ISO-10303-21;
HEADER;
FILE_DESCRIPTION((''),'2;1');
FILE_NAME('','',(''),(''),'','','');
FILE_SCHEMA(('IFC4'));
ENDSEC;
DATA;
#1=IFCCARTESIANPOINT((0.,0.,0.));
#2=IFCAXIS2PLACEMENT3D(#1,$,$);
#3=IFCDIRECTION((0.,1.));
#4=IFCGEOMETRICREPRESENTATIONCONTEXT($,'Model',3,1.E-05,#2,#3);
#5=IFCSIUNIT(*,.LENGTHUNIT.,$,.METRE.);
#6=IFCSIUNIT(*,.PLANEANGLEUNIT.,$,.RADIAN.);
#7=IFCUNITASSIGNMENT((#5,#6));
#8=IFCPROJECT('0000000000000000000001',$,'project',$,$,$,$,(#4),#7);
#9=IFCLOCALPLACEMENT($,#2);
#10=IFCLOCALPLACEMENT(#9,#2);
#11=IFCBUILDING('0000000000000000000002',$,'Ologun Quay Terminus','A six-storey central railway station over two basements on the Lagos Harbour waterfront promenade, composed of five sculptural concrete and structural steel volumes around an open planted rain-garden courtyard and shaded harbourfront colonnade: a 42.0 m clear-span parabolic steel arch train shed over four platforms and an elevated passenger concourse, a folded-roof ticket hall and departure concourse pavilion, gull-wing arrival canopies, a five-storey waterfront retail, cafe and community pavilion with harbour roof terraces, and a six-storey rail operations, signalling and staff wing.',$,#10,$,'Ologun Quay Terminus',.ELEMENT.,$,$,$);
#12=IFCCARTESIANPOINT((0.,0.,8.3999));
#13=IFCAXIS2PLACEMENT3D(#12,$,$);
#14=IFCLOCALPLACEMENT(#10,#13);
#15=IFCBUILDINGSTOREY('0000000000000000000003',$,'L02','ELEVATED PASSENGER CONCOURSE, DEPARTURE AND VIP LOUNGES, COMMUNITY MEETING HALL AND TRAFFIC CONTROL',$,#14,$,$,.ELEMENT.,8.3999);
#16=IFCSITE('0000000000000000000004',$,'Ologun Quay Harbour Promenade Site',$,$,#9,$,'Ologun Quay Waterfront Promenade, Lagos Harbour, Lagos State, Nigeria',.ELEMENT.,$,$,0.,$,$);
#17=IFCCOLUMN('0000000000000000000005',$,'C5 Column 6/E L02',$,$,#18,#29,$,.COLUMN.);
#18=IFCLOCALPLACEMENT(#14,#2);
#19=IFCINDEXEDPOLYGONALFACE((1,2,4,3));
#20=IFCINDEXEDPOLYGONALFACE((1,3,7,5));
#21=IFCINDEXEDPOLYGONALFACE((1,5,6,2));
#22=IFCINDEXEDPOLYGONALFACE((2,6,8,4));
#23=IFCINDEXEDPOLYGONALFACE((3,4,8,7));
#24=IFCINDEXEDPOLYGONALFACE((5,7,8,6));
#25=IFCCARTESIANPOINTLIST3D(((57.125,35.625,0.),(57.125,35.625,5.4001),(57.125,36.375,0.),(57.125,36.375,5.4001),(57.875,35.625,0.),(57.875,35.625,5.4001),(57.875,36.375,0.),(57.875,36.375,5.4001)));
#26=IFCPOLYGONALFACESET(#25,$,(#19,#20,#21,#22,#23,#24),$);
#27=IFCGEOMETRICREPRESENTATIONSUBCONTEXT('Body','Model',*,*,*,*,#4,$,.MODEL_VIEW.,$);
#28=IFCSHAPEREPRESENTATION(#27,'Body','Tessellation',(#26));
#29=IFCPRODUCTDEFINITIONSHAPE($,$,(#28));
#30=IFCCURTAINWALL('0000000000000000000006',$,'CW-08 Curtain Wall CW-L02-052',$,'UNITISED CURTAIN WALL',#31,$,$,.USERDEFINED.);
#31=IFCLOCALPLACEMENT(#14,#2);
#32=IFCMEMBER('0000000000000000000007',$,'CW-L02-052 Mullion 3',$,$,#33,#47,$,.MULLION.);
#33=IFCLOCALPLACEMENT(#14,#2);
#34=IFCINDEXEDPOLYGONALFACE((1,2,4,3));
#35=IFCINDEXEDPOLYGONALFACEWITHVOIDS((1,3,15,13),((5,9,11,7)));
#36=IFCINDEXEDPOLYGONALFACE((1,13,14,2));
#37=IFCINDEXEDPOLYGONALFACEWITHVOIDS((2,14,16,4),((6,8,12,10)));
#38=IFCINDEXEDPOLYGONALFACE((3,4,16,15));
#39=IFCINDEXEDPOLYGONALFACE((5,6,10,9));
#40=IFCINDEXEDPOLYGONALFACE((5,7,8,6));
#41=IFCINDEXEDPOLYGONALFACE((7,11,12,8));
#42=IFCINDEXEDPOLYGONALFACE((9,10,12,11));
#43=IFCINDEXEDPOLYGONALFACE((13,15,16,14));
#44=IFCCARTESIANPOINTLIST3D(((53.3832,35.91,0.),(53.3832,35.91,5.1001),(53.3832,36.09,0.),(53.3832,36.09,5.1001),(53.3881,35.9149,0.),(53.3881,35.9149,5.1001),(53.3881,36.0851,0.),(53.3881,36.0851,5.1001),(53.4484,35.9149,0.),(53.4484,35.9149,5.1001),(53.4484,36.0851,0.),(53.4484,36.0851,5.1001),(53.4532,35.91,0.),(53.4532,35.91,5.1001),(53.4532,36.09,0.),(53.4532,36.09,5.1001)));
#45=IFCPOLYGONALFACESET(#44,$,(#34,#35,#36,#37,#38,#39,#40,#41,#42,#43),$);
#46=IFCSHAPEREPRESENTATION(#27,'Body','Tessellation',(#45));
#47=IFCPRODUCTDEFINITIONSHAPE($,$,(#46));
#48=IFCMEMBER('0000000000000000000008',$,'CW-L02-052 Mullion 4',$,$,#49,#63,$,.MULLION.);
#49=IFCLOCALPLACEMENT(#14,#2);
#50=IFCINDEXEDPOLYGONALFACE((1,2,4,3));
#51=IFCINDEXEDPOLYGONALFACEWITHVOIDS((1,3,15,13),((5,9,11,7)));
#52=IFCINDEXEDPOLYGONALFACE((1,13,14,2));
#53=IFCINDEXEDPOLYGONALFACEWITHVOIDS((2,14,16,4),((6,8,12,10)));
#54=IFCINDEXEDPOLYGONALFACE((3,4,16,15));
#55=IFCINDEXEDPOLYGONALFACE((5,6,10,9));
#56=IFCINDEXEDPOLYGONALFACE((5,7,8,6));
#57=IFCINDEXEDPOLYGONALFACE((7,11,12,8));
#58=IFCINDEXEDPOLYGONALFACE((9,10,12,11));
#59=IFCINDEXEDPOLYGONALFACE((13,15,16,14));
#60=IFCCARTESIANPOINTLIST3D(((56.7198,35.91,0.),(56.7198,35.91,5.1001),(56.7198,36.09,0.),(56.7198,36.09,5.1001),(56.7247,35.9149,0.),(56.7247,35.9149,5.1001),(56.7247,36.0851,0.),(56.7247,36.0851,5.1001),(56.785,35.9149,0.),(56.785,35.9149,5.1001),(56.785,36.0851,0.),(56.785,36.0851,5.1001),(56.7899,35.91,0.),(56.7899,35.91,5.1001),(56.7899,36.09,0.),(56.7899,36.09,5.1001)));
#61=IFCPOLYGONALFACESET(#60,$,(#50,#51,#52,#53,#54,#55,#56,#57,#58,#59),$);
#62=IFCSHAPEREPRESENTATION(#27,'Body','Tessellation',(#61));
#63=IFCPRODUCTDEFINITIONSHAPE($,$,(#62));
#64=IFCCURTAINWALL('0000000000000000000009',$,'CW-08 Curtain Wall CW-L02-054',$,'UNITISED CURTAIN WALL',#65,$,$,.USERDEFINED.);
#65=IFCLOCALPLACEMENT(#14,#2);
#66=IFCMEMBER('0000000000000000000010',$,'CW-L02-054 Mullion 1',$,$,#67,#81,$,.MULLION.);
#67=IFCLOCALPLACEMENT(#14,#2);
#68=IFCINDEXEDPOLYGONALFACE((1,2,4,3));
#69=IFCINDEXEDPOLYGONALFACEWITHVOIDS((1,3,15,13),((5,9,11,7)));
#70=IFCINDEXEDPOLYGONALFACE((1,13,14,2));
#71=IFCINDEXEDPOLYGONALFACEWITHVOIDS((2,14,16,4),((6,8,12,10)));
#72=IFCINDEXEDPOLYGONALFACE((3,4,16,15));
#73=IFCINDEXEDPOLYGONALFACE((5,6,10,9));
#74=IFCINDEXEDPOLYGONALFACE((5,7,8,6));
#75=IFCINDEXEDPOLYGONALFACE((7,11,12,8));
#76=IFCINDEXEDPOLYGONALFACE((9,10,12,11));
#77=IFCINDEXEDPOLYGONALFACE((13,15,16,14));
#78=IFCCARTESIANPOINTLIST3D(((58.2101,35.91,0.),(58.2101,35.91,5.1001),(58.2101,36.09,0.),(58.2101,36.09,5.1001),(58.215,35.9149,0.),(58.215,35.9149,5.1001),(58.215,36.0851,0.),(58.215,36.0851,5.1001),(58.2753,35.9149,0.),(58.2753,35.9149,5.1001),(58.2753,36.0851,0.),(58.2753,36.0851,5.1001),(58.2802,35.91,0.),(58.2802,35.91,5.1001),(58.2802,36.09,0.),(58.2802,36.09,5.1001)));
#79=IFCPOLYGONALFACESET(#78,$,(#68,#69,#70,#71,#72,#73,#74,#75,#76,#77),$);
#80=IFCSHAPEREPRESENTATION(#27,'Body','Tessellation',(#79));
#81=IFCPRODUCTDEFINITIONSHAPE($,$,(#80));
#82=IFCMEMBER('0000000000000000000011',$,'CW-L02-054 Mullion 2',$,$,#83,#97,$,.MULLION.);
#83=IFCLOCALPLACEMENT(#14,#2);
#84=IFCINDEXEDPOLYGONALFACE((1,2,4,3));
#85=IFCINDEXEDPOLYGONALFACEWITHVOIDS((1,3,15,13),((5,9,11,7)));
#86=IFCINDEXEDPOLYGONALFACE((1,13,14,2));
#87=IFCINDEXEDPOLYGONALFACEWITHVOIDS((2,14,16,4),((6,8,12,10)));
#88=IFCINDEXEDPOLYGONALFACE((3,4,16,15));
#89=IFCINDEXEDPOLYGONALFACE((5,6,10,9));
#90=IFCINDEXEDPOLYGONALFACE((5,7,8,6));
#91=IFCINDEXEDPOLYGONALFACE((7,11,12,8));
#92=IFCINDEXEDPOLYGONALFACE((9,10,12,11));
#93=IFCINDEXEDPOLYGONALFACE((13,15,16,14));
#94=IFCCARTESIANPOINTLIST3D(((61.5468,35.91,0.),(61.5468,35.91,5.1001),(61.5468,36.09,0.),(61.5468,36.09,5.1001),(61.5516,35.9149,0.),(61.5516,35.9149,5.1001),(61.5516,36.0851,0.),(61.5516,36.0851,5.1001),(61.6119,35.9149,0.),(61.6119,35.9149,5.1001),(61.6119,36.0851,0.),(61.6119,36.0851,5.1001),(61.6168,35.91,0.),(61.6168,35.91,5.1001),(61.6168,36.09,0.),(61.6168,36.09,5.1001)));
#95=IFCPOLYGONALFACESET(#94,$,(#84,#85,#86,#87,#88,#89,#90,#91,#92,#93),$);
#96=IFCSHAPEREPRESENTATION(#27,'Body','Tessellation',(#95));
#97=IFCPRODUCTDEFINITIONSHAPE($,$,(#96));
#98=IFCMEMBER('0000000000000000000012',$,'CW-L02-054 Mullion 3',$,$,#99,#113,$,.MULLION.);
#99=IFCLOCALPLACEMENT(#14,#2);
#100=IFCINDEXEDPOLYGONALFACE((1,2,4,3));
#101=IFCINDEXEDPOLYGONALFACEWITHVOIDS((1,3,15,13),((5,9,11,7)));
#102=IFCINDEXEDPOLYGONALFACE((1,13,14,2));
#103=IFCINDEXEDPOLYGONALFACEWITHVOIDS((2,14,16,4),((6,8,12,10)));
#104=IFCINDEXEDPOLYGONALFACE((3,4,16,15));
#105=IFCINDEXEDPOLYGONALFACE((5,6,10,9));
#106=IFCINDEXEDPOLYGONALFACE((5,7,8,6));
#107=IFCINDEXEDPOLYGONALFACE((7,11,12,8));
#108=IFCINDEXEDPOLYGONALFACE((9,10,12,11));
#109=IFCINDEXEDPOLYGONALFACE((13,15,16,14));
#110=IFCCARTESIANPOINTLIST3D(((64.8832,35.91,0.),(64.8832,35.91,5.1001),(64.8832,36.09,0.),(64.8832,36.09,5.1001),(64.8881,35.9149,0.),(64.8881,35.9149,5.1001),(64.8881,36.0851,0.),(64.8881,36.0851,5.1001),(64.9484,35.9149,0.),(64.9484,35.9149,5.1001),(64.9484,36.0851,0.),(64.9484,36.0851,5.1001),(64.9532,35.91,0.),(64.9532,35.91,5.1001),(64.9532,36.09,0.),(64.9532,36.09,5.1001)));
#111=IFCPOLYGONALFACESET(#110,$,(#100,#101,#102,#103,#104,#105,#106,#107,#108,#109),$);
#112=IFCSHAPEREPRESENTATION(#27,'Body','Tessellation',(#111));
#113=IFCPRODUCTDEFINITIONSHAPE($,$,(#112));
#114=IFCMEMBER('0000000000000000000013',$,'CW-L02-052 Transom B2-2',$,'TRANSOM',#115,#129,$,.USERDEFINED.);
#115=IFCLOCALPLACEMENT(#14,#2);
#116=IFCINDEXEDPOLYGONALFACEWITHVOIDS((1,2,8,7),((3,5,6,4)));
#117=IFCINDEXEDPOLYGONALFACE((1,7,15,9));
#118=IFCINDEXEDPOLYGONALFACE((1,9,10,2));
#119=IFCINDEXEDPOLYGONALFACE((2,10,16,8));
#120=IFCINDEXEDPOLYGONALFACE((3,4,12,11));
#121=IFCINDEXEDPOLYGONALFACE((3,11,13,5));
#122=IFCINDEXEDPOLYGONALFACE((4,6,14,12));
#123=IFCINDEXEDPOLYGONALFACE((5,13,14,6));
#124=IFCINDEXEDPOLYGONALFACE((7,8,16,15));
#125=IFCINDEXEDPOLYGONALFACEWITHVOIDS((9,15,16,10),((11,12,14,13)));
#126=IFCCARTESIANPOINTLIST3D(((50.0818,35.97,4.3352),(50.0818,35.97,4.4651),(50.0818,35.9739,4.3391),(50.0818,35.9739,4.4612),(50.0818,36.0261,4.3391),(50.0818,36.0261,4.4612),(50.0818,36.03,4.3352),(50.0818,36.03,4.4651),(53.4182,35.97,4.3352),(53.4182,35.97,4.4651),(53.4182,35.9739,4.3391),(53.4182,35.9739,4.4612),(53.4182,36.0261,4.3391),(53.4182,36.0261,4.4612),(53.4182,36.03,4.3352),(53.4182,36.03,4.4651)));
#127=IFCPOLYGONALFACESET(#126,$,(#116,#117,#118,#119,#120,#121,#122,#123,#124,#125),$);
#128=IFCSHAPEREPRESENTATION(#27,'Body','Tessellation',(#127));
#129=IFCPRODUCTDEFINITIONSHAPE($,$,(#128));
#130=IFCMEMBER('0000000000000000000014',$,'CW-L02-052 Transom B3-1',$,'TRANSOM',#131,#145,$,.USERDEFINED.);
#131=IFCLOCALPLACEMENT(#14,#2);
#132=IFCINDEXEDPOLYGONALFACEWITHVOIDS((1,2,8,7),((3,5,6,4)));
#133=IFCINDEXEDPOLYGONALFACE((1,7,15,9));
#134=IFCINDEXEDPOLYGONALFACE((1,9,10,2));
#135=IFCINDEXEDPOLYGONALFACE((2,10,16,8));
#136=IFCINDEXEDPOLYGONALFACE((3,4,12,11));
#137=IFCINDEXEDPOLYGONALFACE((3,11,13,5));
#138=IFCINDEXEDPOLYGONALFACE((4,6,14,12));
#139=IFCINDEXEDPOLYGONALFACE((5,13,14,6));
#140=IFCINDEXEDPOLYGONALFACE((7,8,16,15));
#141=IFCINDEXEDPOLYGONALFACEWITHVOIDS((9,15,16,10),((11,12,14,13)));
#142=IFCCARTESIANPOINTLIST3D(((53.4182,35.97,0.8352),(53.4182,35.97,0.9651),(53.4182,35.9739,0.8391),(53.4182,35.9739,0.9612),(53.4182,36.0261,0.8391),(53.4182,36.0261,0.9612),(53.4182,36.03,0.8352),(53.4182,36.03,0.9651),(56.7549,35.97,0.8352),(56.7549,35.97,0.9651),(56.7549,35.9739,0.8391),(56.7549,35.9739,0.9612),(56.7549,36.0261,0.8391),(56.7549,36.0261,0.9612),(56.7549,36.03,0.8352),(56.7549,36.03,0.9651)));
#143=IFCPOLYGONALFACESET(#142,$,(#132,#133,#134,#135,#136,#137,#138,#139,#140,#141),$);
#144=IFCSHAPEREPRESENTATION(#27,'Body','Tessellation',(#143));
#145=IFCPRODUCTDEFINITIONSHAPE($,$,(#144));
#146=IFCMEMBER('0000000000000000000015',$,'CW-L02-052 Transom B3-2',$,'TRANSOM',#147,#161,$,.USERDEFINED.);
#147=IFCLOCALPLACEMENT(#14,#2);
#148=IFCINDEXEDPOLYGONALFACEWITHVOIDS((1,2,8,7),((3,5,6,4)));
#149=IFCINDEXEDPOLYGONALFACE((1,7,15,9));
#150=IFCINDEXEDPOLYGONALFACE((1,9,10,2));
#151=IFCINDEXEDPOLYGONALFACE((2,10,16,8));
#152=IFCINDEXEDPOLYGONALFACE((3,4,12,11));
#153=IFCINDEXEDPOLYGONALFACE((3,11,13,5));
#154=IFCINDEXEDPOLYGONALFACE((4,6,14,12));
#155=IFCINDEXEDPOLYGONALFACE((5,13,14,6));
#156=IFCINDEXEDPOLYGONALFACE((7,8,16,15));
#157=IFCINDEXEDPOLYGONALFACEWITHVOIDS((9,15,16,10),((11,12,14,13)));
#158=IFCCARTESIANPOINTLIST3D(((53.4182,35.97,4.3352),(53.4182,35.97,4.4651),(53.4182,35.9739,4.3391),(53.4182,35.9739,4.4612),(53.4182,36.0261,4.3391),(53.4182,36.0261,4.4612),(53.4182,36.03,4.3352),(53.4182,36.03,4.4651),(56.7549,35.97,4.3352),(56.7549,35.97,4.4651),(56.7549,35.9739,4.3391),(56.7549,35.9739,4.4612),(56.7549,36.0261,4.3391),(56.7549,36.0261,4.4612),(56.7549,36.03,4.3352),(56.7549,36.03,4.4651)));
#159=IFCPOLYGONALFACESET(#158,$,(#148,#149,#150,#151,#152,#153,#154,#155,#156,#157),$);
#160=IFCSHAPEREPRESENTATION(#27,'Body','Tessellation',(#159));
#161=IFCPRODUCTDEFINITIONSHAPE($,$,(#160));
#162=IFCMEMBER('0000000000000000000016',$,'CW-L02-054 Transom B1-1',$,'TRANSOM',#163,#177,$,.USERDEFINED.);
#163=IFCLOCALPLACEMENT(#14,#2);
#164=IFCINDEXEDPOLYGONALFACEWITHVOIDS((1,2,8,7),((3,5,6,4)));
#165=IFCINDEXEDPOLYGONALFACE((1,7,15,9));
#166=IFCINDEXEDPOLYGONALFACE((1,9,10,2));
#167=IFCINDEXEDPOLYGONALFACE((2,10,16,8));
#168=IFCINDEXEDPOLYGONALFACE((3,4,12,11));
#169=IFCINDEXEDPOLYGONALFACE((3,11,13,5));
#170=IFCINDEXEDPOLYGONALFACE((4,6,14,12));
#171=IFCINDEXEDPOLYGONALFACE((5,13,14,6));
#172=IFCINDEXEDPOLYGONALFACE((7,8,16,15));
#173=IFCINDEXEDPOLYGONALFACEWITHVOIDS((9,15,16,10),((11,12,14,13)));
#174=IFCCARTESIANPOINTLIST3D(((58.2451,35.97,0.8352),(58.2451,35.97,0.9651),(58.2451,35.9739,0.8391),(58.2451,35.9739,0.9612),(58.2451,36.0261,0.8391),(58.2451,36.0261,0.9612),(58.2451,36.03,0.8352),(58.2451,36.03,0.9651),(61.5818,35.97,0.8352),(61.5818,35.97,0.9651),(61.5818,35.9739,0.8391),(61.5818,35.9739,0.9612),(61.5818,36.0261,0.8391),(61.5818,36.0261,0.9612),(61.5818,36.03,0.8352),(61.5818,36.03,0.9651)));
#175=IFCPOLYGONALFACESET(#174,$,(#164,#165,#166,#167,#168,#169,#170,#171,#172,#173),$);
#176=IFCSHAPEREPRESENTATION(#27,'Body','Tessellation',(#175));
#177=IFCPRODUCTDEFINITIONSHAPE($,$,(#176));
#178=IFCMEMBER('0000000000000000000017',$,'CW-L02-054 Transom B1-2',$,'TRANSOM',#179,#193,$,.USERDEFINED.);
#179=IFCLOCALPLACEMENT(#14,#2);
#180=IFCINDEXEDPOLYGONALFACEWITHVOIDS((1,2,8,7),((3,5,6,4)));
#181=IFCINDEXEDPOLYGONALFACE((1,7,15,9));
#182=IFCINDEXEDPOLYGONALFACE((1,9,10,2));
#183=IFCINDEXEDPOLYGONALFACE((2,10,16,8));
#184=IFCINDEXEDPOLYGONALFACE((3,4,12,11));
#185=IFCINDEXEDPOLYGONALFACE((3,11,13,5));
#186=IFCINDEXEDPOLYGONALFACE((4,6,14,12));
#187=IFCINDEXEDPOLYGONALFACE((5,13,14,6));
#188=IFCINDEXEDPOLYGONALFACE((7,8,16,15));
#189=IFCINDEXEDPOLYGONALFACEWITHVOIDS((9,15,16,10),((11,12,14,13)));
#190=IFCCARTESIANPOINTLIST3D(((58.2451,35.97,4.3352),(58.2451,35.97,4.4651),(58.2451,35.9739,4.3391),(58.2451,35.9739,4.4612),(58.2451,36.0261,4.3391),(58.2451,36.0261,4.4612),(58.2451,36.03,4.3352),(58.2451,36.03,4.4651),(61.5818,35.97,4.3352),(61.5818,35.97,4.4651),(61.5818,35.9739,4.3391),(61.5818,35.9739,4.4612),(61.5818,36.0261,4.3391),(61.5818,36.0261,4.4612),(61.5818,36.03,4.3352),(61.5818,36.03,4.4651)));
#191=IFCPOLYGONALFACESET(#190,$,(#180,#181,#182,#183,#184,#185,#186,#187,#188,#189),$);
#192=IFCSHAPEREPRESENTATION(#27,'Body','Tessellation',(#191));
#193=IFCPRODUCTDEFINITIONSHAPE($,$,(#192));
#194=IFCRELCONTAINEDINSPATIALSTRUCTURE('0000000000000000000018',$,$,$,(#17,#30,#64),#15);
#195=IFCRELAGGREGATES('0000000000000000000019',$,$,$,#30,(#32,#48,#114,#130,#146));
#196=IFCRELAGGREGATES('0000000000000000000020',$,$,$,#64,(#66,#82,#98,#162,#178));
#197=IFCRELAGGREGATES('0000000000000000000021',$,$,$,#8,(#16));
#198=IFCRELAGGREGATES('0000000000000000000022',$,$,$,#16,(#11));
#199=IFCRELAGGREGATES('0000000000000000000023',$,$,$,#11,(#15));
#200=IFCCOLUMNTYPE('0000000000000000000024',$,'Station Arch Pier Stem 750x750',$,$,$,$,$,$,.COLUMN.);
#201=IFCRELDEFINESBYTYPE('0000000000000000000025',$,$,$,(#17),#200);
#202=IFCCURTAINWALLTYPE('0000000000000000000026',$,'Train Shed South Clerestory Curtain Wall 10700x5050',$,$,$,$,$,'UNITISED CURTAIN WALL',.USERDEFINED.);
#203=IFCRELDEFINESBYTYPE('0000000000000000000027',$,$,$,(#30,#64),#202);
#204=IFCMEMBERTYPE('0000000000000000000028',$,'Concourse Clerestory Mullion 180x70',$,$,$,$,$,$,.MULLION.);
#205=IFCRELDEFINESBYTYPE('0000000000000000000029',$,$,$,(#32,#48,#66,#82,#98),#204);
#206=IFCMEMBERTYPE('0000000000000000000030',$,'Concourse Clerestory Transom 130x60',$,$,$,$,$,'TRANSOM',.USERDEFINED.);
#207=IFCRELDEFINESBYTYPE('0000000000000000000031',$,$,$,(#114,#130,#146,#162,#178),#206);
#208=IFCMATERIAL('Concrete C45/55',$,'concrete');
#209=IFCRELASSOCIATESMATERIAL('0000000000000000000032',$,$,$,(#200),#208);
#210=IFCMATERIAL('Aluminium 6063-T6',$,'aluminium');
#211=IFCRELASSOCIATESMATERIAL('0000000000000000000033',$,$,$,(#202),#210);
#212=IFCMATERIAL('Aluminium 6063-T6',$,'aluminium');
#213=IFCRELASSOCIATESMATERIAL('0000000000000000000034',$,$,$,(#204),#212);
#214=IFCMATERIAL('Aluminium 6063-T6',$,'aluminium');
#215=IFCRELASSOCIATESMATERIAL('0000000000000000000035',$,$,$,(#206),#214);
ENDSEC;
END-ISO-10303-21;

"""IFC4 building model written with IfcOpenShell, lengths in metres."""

from ifc_helpers import new_model, si_unit, direction, frame, origin, origin_2d, place, context, subcontext, project, spatial, rectangle, hollow_rectangle, extrude, material, material_profile, profile_set, type_object, element, aggregate, save


model = new_model("IFC4")

# Units and contexts
model_context = context("Model", 3, precision=1e-05, world=origin(), true_north=direction((0.0, 1.0)))
body_context = subcontext(model_context, "Body", "Model", "MODEL_VIEW")
ifc_project = project(units=[si_unit("LENGTHUNIT", "METRE"), si_unit("PLANEANGLEUNIT", "RADIAN")], contexts=[model_context])

# Site, building, storey
site_placement = place(None, origin())
site = spatial("IfcSite", under=ifc_project, at=site_placement, Name="Ologun Quay Harbour Promenade Site", LongName="Ologun Quay Waterfront Promenade, Lagos Harbour, Lagos State, Nigeria", CompositionType="ELEMENT", RefElevation=0.0)
building_placement = place(site_placement, origin())
building = spatial("IfcBuilding", under=site, at=building_placement, Name="Ologun Quay Terminus", Description="A six-storey central railway station over two basements on the Lagos Harbour waterfront promenade, composed of five sculptural concrete and structural steel volumes around an open planted rain-garden courtyard and shaded harbourfront colonnade: a 42.0 m clear-span parabolic steel arch train shed over four platforms and an elevated passenger concourse, a folded-roof ticket hall and departure concourse pavilion, gull-wing arrival canopies, a five-storey waterfront retail, cafe and community pavilion with harbour roof terraces, and a six-storey rail operations, signalling and staff wing.", LongName="Ologun Quay Terminus", CompositionType="ELEMENT")
storey_placement = place(building_placement, frame((0.0, 0.0, 8.3999)))
storey = spatial("IfcBuildingStorey", under=building, at=storey_placement, Name="L02", Description="ELEVATED PASSENGER CONCOURSE, DEPARTURE AND VIP LOUNGES, COMMUNITY MEETING HALL AND TRAFFIC CONTROL", CompositionType="ELEMENT", Elevation=8.3999)

# Column
ifc_material_1 = material(Name="Concrete C45/55", Category="concrete")
ifc_material_profile_1 = material_profile(ifc_material_1, rectangle(XDim=0.75, YDim=0.75, at=origin_2d()), Name="RC 750x750")
ifc_profile_set_1 = profile_set([ifc_material_profile_1], Name="Concrete C45/55")
column_type = type_object("IfcColumnType", Name="Station Arch Pier Stem 750x750", PredefinedType="COLUMN", material=ifc_profile_set_1)
column_placement = place(storey_placement, frame((57.5, 36.0, 0.0), z_axis=(0.0, 0.0, 1.0), x_axis=(1.0, 0.0, 0.0)))
element("IfcColumn", 1, at=column_placement, inside=storey, type_object=column_type, Name="C5 Column 6/E L02", PredefinedType="COLUMN", context=body_context, shape_type="SweptSolid", body=[
    extrude(rectangle(XDim=0.75, YDim=0.75, at=origin_2d()), origin(), (0.0, 0.0, 1.0), 5.4001),
])

# Curtain walls, members
ifc_material_2 = material(Name="Aluminium 6063-T6", Category="aluminium")
curtain_wall_type = type_object("IfcCurtainWallType", Name="Train Shed South Clerestory Curtain Wall 10700x5050", ElementType="UNITISED CURTAIN WALL", PredefinedType="USERDEFINED", material=ifc_material_2)
curtain_wall_1_placement = place(storey_placement, origin())
curtain_wall_1 = element("IfcCurtainWall", 2, at=curtain_wall_1_placement, inside=storey, type_object=curtain_wall_type, Name="CW-08 Curtain Wall CW-L02-052", ObjectType="UNITISED CURTAIN WALL", PredefinedType="USERDEFINED")
ifc_material_3 = material(Name="Aluminium 6063-T6", Category="aluminium")
ifc_material_profile_2 = material_profile(ifc_material_3, hollow_rectangle(XDim=0.0701, YDim=0.1799, WallThickness=0.0049, at=origin_2d()), Name="ALU 180x70x5")
ifc_profile_set_2 = profile_set([ifc_material_profile_2], Name="Aluminium 6063-T6")
member_type_1 = type_object("IfcMemberType", Name="Concourse Clerestory Mullion 180x70", PredefinedType="MULLION", material=ifc_profile_set_2)
member_1_placement = place(storey_placement, frame((53.4182, 36.0, 0.0), z_axis=(0.0, 0.0, 1.0), x_axis=(1.0, 0.0, 0.0)))
member_1 = element("IfcMember", 3, at=member_1_placement, type_object=member_type_1, Name="CW-L02-052 Mullion 3", PredefinedType="MULLION", context=body_context, shape_type="SweptSolid", body=[
    extrude(hollow_rectangle(XDim=0.0701, YDim=0.1799, WallThickness=0.0049, at=origin_2d()), origin(), (0.0, 0.0, 1.0), 5.1001),
])
member_2_placement = place(storey_placement, frame((56.7549, 36.0, 0.0), z_axis=(0.0, 0.0, 1.0), x_axis=(1.0, 0.0, 0.0)))
member_2 = element("IfcMember", 4, at=member_2_placement, type_object=member_type_1, Name="CW-L02-052 Mullion 4", PredefinedType="MULLION", context=body_context, shape_type="SweptSolid", body=[
    extrude(hollow_rectangle(XDim=0.0701, YDim=0.1799, WallThickness=0.0049, at=origin_2d()), origin(), (0.0, 0.0, 1.0), 5.1001),
])
curtain_wall_2_placement = place(storey_placement, origin())
curtain_wall_2 = element("IfcCurtainWall", 5, at=curtain_wall_2_placement, inside=storey, type_object=curtain_wall_type, Name="CW-08 Curtain Wall CW-L02-054", ObjectType="UNITISED CURTAIN WALL", PredefinedType="USERDEFINED")
member_3_placement = place(storey_placement, frame((58.2451, 36.0, 0.0), z_axis=(0.0, 0.0, 1.0), x_axis=(1.0, 0.0, 0.0)))
member_3 = element("IfcMember", 6, at=member_3_placement, type_object=member_type_1, Name="CW-L02-054 Mullion 1", PredefinedType="MULLION", context=body_context, shape_type="SweptSolid", body=[
    extrude(hollow_rectangle(XDim=0.0701, YDim=0.1799, WallThickness=0.0049, at=origin_2d()), origin(), (0.0, 0.0, 1.0), 5.1001),
])
member_4_placement = place(storey_placement, frame((61.5818, 36.0, 0.0), z_axis=(0.0, 0.0, 1.0), x_axis=(1.0, 0.0, 0.0)))
member_4 = element("IfcMember", 7, at=member_4_placement, type_object=member_type_1, Name="CW-L02-054 Mullion 2", PredefinedType="MULLION", context=body_context, shape_type="SweptSolid", body=[
    extrude(hollow_rectangle(XDim=0.0701, YDim=0.1799, WallThickness=0.0049, at=origin_2d()), origin(), (0.0, 0.0, 1.0), 5.1001),
])
member_5_placement = place(storey_placement, frame((64.9182, 36.0, 0.0), z_axis=(0.0, 0.0, 1.0), x_axis=(1.0, 0.0, 0.0)))
member_5 = element("IfcMember", 8, at=member_5_placement, type_object=member_type_1, Name="CW-L02-054 Mullion 3", PredefinedType="MULLION", context=body_context, shape_type="SweptSolid", body=[
    extrude(hollow_rectangle(XDim=0.0701, YDim=0.1799, WallThickness=0.0049, at=origin_2d()), origin(), (0.0, 0.0, 1.0), 5.1001),
])

# Members
ifc_material_4 = material(Name="Aluminium 6063-T6", Category="aluminium")
ifc_material_profile_3 = material_profile(ifc_material_4, hollow_rectangle(XDim=0.0601, YDim=0.1299, WallThickness=0.0039, at=origin_2d()), Name="ALU 130x60x4")
ifc_profile_set_3 = profile_set([ifc_material_profile_3], Name="Aluminium 6063-T6")
member_type_2 = type_object("IfcMemberType", Name="Concourse Clerestory Transom 130x60", ElementType="TRANSOM", PredefinedType="USERDEFINED", material=ifc_profile_set_3)
member_6_placement = place(storey_placement, frame((50.0818, 36.0, 4.4001), z_axis=(1.0, 0.0, 0.0), x_axis=(0.0, 1.0, 0.0)))
member_6 = element("IfcMember", 9, at=member_6_placement, type_object=member_type_2, Name="CW-L02-052 Transom B2-2", ObjectType="TRANSOM", PredefinedType="USERDEFINED", context=body_context, shape_type="SweptSolid", body=[
    extrude(hollow_rectangle(XDim=0.0601, YDim=0.1299, WallThickness=0.0039, at=origin_2d()), origin(), (0.0, 0.0, 1.0), 3.3364),
])
member_7_placement = place(storey_placement, frame((53.4182, 36.0, 0.9001), z_axis=(1.0, 0.0, 0.0), x_axis=(0.0, 1.0, 0.0)))
member_7 = element("IfcMember", 10, at=member_7_placement, type_object=member_type_2, Name="CW-L02-052 Transom B3-1", ObjectType="TRANSOM", PredefinedType="USERDEFINED", context=body_context, shape_type="SweptSolid", body=[
    extrude(hollow_rectangle(XDim=0.0601, YDim=0.1299, WallThickness=0.0039, at=origin_2d()), origin(), (0.0, 0.0, 1.0), 3.3367),
])
member_8_placement = place(storey_placement, frame((53.4182, 36.0, 4.4001), z_axis=(1.0, 0.0, 0.0), x_axis=(0.0, 1.0, 0.0)))
member_8 = element("IfcMember", 11, at=member_8_placement, type_object=member_type_2, Name="CW-L02-052 Transom B3-2", ObjectType="TRANSOM", PredefinedType="USERDEFINED", context=body_context, shape_type="SweptSolid", body=[
    extrude(hollow_rectangle(XDim=0.0601, YDim=0.1299, WallThickness=0.0039, at=origin_2d()), origin(), (0.0, 0.0, 1.0), 3.3367),
])
member_9_placement = place(storey_placement, frame((58.2451, 36.0, 0.9001), z_axis=(1.0, 0.0, 0.0), x_axis=(0.0, 1.0, 0.0)))
member_9 = element("IfcMember", 12, at=member_9_placement, type_object=member_type_2, Name="CW-L02-054 Transom B1-1", ObjectType="TRANSOM", PredefinedType="USERDEFINED", context=body_context, shape_type="SweptSolid", body=[
    extrude(hollow_rectangle(XDim=0.0601, YDim=0.1299, WallThickness=0.0039, at=origin_2d()), origin(), (0.0, 0.0, 1.0), 3.3367),
])
member_10_placement = place(storey_placement, frame((58.2451, 36.0, 4.4001), z_axis=(1.0, 0.0, 0.0), x_axis=(0.0, 1.0, 0.0)))
member_10 = element("IfcMember", 13, at=member_10_placement, type_object=member_type_2, Name="CW-L02-054 Transom B1-2", ObjectType="TRANSOM", PredefinedType="USERDEFINED", context=body_context, shape_type="SweptSolid", body=[
    extrude(hollow_rectangle(XDim=0.0601, YDim=0.1299, WallThickness=0.0039, at=origin_2d()), origin(), (0.0, 0.0, 1.0), 3.3367),
])

aggregate(curtain_wall_1, [member_1, member_2, member_6, member_7, member_8])
aggregate(curtain_wall_2, [member_3, member_4, member_5, member_9, member_10])

save(model, "model.ifc")
